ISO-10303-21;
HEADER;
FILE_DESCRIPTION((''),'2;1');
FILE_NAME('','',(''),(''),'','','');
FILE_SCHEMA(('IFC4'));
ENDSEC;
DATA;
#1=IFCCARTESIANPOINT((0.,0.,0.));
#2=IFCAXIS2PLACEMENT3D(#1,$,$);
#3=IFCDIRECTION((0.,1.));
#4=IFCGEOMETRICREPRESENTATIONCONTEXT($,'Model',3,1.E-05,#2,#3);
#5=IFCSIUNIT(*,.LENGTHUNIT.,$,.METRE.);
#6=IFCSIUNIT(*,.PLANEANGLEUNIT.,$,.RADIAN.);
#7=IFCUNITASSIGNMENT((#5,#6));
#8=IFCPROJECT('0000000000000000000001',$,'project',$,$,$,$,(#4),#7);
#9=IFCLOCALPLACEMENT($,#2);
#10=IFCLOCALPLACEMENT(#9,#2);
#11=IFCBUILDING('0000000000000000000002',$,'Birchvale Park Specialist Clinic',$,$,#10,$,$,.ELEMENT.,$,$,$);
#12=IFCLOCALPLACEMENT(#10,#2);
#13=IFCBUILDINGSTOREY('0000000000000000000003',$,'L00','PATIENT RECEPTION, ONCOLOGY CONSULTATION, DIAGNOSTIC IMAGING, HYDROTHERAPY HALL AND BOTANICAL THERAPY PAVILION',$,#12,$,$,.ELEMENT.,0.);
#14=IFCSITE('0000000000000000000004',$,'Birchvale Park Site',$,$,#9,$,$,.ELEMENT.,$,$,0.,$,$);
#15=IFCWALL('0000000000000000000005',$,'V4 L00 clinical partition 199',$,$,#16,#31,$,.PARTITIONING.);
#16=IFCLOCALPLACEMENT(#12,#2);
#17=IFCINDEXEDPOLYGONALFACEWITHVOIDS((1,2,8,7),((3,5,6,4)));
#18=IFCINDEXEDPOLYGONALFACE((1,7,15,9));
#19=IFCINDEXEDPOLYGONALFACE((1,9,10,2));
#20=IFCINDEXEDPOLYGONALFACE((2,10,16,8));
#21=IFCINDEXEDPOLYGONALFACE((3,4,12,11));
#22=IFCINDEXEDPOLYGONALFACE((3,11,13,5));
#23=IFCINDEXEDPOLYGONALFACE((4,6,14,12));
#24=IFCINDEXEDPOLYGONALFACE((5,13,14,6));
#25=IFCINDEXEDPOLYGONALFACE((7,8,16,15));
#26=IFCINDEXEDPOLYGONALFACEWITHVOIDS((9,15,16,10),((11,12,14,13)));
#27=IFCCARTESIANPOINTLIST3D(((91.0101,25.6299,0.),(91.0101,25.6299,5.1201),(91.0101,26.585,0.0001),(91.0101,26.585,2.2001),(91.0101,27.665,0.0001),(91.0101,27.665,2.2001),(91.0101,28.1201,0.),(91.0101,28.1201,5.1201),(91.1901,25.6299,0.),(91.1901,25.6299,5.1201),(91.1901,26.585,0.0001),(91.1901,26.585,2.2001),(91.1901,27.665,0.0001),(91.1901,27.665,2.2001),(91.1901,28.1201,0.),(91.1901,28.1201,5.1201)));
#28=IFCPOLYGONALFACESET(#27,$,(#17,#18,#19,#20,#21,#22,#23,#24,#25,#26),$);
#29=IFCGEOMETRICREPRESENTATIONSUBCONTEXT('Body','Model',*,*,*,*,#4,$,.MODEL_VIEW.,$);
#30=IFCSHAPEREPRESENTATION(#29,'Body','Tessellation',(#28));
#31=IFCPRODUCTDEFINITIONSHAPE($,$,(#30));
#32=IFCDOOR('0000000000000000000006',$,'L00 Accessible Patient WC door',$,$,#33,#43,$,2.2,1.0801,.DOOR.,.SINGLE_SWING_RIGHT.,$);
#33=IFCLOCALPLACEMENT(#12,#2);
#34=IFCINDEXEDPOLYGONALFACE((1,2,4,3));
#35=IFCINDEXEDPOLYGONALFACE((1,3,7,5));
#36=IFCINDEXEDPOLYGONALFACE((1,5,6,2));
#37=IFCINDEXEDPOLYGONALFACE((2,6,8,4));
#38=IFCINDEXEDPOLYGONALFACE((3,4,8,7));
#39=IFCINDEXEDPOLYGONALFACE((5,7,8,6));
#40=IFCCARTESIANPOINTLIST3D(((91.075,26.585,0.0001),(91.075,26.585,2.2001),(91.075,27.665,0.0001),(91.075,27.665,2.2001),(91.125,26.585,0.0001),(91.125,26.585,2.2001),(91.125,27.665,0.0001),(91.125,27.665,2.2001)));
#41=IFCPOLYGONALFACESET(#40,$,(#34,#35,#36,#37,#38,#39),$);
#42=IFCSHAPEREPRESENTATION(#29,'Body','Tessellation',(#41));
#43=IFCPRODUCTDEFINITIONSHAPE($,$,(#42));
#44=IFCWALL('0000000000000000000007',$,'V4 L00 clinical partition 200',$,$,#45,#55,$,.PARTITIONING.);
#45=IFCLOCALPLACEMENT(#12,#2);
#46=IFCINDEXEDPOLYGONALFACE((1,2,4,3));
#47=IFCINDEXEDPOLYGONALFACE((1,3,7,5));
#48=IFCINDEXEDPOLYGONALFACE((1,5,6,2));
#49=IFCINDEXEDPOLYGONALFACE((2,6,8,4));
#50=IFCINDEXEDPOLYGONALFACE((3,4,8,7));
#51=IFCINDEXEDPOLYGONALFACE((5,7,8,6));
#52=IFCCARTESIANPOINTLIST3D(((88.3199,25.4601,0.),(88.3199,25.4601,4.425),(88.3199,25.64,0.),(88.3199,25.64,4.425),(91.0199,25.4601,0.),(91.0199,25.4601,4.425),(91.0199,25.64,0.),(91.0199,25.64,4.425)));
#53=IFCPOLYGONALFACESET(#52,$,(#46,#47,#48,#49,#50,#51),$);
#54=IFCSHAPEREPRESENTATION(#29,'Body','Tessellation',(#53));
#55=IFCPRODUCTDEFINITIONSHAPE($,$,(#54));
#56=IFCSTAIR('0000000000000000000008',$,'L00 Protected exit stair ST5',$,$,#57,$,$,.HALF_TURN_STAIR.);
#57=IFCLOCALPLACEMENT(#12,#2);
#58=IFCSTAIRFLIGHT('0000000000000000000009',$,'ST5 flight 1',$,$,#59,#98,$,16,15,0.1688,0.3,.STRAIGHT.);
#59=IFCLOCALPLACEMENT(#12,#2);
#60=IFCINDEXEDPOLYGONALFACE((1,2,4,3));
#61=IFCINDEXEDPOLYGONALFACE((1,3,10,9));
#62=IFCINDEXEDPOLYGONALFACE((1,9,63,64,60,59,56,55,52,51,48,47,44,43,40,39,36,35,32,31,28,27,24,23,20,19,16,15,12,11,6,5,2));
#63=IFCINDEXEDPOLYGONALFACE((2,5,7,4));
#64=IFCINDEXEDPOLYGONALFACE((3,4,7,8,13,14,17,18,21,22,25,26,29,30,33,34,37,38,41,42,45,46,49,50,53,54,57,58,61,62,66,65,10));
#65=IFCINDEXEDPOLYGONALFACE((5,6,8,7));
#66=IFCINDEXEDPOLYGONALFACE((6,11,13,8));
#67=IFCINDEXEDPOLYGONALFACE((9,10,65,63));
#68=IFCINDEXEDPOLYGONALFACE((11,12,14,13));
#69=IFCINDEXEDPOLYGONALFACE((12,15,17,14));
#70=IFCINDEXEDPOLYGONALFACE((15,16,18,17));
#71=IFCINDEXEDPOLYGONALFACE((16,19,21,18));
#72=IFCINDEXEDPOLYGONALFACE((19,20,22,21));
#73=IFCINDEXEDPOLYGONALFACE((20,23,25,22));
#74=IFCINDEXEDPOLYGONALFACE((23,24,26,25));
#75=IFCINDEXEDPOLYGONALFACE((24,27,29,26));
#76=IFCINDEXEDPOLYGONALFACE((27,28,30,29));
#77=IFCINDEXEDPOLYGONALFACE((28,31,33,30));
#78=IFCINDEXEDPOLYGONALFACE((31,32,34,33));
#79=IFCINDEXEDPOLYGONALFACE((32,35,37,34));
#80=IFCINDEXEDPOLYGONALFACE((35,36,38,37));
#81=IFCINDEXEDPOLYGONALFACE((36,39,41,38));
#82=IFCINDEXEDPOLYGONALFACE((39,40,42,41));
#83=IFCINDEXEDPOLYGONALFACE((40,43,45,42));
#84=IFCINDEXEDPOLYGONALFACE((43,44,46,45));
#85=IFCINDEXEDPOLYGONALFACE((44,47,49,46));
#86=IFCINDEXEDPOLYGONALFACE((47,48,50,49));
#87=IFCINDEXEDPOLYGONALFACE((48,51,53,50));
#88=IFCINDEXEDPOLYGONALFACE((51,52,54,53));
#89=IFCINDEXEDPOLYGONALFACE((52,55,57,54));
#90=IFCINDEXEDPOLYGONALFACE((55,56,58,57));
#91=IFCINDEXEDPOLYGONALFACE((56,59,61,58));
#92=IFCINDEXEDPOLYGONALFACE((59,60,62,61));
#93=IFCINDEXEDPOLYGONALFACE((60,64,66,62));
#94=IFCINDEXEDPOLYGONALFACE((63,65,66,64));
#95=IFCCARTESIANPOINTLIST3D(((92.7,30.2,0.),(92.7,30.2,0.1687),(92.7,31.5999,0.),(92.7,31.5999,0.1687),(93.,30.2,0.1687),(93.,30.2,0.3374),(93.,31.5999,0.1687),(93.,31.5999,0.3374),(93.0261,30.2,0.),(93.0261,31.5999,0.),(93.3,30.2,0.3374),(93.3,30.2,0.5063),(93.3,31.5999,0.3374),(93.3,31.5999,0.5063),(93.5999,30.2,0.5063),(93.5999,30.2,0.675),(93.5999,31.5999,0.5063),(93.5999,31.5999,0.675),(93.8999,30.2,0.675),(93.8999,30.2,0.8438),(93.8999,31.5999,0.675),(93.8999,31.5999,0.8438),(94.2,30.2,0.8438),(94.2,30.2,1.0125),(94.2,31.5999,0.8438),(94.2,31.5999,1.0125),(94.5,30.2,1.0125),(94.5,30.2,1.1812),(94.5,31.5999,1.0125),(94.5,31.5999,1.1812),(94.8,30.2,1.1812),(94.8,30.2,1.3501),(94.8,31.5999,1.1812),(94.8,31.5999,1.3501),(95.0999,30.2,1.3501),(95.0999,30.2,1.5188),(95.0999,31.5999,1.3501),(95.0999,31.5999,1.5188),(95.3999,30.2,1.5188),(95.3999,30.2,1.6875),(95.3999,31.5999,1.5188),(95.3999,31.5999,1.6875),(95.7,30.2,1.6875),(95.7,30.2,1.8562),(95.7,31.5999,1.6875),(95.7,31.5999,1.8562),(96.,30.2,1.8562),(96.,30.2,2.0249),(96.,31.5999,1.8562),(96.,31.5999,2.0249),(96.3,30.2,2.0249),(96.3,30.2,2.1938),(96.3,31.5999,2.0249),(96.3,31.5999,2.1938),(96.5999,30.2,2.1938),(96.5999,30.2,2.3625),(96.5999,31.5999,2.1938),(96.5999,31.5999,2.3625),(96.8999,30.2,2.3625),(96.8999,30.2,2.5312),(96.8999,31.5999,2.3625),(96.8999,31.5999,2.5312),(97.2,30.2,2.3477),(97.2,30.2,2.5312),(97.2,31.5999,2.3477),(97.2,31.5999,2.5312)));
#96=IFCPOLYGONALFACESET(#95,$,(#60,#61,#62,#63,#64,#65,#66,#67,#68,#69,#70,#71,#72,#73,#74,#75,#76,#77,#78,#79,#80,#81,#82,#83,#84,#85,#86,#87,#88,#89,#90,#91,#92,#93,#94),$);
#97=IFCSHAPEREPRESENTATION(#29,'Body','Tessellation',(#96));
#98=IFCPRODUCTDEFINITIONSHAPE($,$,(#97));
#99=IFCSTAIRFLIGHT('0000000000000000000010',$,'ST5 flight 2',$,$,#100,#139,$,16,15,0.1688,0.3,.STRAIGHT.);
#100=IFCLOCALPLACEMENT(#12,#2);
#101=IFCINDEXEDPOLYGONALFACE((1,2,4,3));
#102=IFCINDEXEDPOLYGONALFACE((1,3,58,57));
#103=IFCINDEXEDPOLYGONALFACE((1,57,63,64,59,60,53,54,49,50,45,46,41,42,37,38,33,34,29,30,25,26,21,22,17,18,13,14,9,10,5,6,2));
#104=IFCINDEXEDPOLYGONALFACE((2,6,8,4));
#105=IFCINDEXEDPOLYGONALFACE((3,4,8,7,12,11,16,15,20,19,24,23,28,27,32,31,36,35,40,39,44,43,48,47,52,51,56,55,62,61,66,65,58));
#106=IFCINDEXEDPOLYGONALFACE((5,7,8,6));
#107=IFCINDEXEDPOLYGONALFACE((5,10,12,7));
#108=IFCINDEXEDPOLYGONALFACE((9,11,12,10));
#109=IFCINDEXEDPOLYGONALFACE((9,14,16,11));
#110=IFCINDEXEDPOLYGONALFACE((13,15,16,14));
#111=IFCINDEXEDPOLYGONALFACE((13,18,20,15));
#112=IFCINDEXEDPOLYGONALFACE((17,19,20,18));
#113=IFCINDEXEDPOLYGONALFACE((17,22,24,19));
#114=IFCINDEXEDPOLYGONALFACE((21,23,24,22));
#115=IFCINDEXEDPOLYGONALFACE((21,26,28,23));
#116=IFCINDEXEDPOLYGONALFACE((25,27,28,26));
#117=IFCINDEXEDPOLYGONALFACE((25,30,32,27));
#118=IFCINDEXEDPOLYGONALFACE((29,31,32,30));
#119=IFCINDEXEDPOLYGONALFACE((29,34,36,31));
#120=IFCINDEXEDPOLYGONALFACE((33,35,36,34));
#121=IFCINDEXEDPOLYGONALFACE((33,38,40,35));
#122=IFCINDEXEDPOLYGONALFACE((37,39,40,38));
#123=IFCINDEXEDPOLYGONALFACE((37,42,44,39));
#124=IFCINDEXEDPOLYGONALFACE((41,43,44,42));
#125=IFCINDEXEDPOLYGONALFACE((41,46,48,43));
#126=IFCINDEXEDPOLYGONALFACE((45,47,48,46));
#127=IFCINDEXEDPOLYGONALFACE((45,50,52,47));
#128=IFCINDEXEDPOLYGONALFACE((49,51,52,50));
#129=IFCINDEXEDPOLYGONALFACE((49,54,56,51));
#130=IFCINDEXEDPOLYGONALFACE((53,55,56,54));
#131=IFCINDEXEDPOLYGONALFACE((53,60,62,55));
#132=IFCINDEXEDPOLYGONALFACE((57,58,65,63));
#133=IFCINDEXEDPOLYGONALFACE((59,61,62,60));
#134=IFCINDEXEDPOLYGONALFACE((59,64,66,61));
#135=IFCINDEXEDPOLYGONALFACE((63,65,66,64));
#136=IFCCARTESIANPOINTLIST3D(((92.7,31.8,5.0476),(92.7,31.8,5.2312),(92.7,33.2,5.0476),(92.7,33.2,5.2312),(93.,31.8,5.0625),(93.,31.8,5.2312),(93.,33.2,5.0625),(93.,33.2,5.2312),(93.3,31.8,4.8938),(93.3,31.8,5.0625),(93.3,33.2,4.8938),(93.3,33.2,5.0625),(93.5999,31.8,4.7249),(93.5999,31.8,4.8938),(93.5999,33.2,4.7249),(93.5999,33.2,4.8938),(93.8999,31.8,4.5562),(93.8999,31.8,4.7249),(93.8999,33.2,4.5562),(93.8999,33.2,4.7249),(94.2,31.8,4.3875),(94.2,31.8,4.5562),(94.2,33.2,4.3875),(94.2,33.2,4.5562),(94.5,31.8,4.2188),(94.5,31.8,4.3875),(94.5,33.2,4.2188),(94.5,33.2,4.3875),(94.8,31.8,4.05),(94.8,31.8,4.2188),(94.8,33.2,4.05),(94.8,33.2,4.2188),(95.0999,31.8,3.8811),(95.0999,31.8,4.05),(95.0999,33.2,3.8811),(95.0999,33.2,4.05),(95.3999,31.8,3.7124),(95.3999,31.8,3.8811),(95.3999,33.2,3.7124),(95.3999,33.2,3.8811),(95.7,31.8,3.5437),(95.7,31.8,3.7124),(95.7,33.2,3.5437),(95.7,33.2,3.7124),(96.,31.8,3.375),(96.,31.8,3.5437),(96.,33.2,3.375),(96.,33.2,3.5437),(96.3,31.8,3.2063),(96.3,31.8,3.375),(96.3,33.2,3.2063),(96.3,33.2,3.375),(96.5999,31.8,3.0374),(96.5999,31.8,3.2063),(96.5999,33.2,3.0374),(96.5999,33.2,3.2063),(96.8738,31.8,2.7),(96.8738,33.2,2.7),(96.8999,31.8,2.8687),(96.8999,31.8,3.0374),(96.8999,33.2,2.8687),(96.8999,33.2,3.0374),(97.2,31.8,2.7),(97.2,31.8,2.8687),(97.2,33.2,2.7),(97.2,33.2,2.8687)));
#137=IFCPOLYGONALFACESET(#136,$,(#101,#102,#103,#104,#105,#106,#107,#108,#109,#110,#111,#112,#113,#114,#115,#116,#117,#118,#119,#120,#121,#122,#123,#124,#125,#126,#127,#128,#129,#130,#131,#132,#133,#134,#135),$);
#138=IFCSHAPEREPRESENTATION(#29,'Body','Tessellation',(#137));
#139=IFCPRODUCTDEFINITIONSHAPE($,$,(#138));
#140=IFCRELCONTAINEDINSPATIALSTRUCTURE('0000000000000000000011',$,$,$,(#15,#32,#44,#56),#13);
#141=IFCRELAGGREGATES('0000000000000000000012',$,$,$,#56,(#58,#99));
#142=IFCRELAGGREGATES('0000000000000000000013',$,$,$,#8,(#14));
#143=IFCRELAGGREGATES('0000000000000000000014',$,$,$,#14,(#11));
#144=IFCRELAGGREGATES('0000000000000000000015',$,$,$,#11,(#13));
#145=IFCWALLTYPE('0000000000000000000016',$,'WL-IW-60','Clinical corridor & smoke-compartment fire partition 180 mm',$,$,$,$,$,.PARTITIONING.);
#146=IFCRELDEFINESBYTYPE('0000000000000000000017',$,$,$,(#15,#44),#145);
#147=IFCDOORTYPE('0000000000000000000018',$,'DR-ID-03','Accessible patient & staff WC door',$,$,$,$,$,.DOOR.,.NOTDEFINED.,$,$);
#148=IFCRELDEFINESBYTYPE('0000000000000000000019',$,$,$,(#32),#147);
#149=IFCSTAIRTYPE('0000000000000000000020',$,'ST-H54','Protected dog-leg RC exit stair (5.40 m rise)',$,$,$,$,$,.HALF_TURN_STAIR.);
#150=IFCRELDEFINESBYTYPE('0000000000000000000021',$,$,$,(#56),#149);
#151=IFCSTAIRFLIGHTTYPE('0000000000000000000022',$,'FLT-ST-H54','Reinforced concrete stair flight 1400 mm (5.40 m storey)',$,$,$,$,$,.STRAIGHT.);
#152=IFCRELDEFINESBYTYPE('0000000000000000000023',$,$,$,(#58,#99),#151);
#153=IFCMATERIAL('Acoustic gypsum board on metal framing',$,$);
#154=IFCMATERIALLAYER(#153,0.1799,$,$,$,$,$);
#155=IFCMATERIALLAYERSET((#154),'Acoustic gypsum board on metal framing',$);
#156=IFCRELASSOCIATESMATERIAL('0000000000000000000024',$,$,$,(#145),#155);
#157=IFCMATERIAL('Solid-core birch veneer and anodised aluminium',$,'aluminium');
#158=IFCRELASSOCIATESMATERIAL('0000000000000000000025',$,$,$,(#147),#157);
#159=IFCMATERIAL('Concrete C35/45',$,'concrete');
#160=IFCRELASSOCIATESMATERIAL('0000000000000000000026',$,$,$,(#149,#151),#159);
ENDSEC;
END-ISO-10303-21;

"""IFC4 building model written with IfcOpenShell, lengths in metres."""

from ifc_helpers import new_model, si_unit, direction, frame, frame_2d, origin, place, context, subcontext, project, spatial, polyline, rectangle, outline, extrude, material, layer, layer_set, type_object, element, fill, aggregate, save


model = new_model("IFC4")

# Units and contexts
model_context = context("Model", 3, precision=1e-05, world=origin(), true_north=direction((0.0, 1.0)))
body_context = subcontext(model_context, "Body", "Model", "MODEL_VIEW")
ifc_project = project(units=[si_unit("LENGTHUNIT", "METRE"), si_unit("PLANEANGLEUNIT", "RADIAN")], contexts=[model_context])

# Site, building, storey
site_placement = place(None, origin())
site = spatial("IfcSite", under=ifc_project, at=site_placement, Name="Birchvale Park Site", CompositionType="ELEMENT", RefElevation=0.0)
building_placement = place(site_placement, origin())
building = spatial("IfcBuilding", under=site, at=building_placement, Name="Birchvale Park Specialist Clinic", CompositionType="ELEMENT")
storey_placement = place(building_placement, origin())
storey = spatial("IfcBuildingStorey", under=building, at=storey_placement, Name="L00", Description="PATIENT RECEPTION, ONCOLOGY CONSULTATION, DIAGNOSTIC IMAGING, HYDROTHERAPY HALL AND BOTANICAL THERAPY PAVILION", CompositionType="ELEMENT", Elevation=0.0)

# Shared definitions
ifc_material_1 = material(Name="Solid-core birch veneer and anodised aluminium", Category="aluminium")

# Shared definitions
ifc_material_2 = material(Name="Acoustic gypsum board on metal framing")

# Wall, opening, door
ifc_layer_1 = layer(ifc_material_2, 0.1799)
ifc_layer_set_1 = layer_set([ifc_layer_1], Name="Acoustic gypsum board on metal framing")
wall_type_1 = type_object("IfcWallType", Name="WL-IW-60", Description="Clinical corridor & smoke-compartment fire partition 180 mm", PredefinedType="PARTITIONING", material=ifc_layer_set_1)
wall_1_placement = place(storey_placement, frame((91.1001, 28.1201, 0.0), z_axis=(0.0, 0.0, 1.0), x_axis=(0.0, -1.0, 0.0)))
wall_1 = element("IfcWall", 1, at=wall_1_placement, inside=storey, type_object=wall_type_1, Name="V4 L00 clinical partition 199", PredefinedType="PARTITIONING", context=body_context, shape_type="SweptSolid", body=[
    extrude(rectangle(XDim=2.4902, YDim=0.1799, at=frame_2d((1.2451, 0.0))), origin(), (0.0, 0.0, 1.0), 5.1201),
])
opening_1_placement = place(wall_1_placement, frame((0.4551, 0.0, 0.0)))
opening_1 = element("IfcOpeningElement", 2, at=opening_1_placement, cuts=wall_1, PredefinedType="OPENING", context=body_context, shape_type="SweptSolid", body=[
    extrude(rectangle(XDim=1.0801, YDim=2.2, at=frame_2d((0.54, 1.1001))), frame((0.0, 0.1001, 0.0), z_axis=(0.0, -1.0, 0.0), x_axis=(1.0, 0.0, 0.0)), (0.0, 0.0, 1.0), 0.2),
])
door_type_1 = type_object("IfcDoorType", Name="DR-ID-03", Description="Accessible patient & staff WC door", OperationType="NOTDEFINED", PredefinedType="DOOR", material=ifc_material_1)
door_1_placement = place(opening_1_placement, origin())
door_1 = element("IfcDoor", 3, at=door_1_placement, inside=storey, type_object=door_type_1, Name="L00 Accessible Patient WC door", OperationType="SINGLE_SWING_RIGHT", OverallHeight=2.2, OverallWidth=1.0801, PredefinedType="DOOR", context=body_context, shape_type="SweptSolid", body=[
    extrude(rectangle(XDim=1.0801, YDim=2.2, at=frame_2d((0.54, 1.1001))), frame((0.0, 0.0249, 0.0), z_axis=(0.0, -1.0, 0.0), x_axis=(1.0, 0.0, 0.0)), (0.0, 0.0, 1.0), 0.05),
])
fill(opening_1, door_1)

# Wall
wall_2_placement = place(storey_placement, frame((91.02, 25.55, 0.0), z_axis=(0.0, 0.0, 1.0), x_axis=(-1.0, 0.0, 0.0)))
element("IfcWall", 4, at=wall_2_placement, inside=storey, type_object=wall_type_1, Name="V4 L00 clinical partition 200", PredefinedType="PARTITIONING", context=body_context, shape_type="SweptSolid", body=[
    extrude(rectangle(XDim=2.7, YDim=0.1799, at=frame_2d((1.3501, 0.0))), origin(), (0.0, 0.0, 1.0), 4.425),
])

# Stair, stair flights
ifc_material_3 = material(Name="Concrete C35/45", Category="concrete")
stair_type = type_object("IfcStairType", Name="ST-H54", Description="Protected dog-leg RC exit stair (5.40 m rise)", PredefinedType="HALF_TURN_STAIR", material=ifc_material_3)
stair_placement = place(storey_placement, origin())
stair = element("IfcStair", 5, at=stair_placement, inside=storey, type_object=stair_type, Name="L00 Protected exit stair ST5", PredefinedType="HALF_TURN_STAIR")
stair_flight_type = type_object("IfcStairFlightType", Name="FLT-ST-H54", Description="Reinforced concrete stair flight 1400 mm (5.40 m storey)", PredefinedType="STRAIGHT", material=ifc_material_3)
stair_flight_1_placement = place(storey_placement, frame((92.7, 30.8999, 0.0), z_axis=(0.0, 0.0, 1.0), x_axis=(1.0, 0.0, 0.0)))
stair_flight_1 = element("IfcStairFlight", 6, at=stair_flight_1_placement, type_object=stair_flight_type, Name="ST5 flight 1", NumberOfRisers=16, NumberOfTreads=15, PredefinedType="STRAIGHT", RiserHeight=0.1688, TreadLength=0.3, context=body_context, shape_type="SweptSolid", body=[
    extrude(outline(polyline([(0.0, 0.0), (0.0, 0.1687), (0.3, 0.1687), (0.3, 0.3374), (0.6001, 0.3374), (0.6001, 0.5063), (0.8999, 0.5063), (0.8999, 0.675), (1.2, 0.675), (1.2, 0.8438), (1.5, 0.8438), (1.5, 1.0125), (1.8, 1.0125), (1.8, 1.1812), (2.1001, 1.1812), (2.1001, 1.3501), (2.3999, 1.3501), (2.3999, 1.5188), (2.7, 1.5188), (2.7, 1.6875), (3.0, 1.6875), (3.0, 1.8562), (3.3, 1.8562), (3.3, 2.0249), (3.6001, 2.0249), (3.6001, 2.1938), (3.8999, 2.1938), (3.8999, 2.3625), (4.2, 2.3625), (4.2, 2.5312), (4.5, 2.5312), (4.5, 2.7), (4.5, 2.3477), (0.3262, 0.0), (0.0, 0.0)])), frame((0.0, 0.7, 0.0), z_axis=(0.0, -1.0, 0.0), x_axis=(1.0, 0.0, 0.0)), (0.0, 0.0, 1.0), 1.3999),
])
stair_flight_2_placement = place(storey_placement, frame((97.2, 32.5, 2.7), z_axis=(0.0, 0.0, 1.0), x_axis=(-1.0, 0.0, 0.0)))
stair_flight_2 = element("IfcStairFlight", 7, at=stair_flight_2_placement, type_object=stair_flight_type, Name="ST5 flight 2", NumberOfRisers=16, NumberOfTreads=15, PredefinedType="STRAIGHT", RiserHeight=0.1688, TreadLength=0.3, context=body_context, shape_type="SweptSolid", body=[
    extrude(outline(polyline([(0.0, 0.0), (0.0, 0.1687), (0.3, 0.1687), (0.3, 0.3374), (0.6001, 0.3374), (0.6001, 0.5063), (0.8999, 0.5063), (0.8999, 0.675), (1.2, 0.675), (1.2, 0.8438), (1.5, 0.8438), (1.5, 1.0125), (1.8, 1.0125), (1.8, 1.1812), (2.1001, 1.1812), (2.1001, 1.3501), (2.3999, 1.3501), (2.3999, 1.5188), (2.7, 1.5188), (2.7, 1.6875), (3.0, 1.6875), (3.0, 1.8562), (3.3, 1.8562), (3.3, 2.0249), (3.6001, 2.0249), (3.6001, 2.1938), (3.8999, 2.1938), (3.8999, 2.3625), (4.2, 2.3625), (4.2, 2.5312), (4.5, 2.5312), (4.5, 2.7), (4.5, 2.3477), (0.3262, 0.0), (0.0, 0.0)])), frame((0.0, 0.7, 0.0), z_axis=(0.0, -1.0, 0.0), x_axis=(1.0, 0.0, 0.0)), (0.0, 0.0, 1.0), 1.3999),
])
aggregate(stair, [stair_flight_1, stair_flight_2])

save(model, "model.ifc")
